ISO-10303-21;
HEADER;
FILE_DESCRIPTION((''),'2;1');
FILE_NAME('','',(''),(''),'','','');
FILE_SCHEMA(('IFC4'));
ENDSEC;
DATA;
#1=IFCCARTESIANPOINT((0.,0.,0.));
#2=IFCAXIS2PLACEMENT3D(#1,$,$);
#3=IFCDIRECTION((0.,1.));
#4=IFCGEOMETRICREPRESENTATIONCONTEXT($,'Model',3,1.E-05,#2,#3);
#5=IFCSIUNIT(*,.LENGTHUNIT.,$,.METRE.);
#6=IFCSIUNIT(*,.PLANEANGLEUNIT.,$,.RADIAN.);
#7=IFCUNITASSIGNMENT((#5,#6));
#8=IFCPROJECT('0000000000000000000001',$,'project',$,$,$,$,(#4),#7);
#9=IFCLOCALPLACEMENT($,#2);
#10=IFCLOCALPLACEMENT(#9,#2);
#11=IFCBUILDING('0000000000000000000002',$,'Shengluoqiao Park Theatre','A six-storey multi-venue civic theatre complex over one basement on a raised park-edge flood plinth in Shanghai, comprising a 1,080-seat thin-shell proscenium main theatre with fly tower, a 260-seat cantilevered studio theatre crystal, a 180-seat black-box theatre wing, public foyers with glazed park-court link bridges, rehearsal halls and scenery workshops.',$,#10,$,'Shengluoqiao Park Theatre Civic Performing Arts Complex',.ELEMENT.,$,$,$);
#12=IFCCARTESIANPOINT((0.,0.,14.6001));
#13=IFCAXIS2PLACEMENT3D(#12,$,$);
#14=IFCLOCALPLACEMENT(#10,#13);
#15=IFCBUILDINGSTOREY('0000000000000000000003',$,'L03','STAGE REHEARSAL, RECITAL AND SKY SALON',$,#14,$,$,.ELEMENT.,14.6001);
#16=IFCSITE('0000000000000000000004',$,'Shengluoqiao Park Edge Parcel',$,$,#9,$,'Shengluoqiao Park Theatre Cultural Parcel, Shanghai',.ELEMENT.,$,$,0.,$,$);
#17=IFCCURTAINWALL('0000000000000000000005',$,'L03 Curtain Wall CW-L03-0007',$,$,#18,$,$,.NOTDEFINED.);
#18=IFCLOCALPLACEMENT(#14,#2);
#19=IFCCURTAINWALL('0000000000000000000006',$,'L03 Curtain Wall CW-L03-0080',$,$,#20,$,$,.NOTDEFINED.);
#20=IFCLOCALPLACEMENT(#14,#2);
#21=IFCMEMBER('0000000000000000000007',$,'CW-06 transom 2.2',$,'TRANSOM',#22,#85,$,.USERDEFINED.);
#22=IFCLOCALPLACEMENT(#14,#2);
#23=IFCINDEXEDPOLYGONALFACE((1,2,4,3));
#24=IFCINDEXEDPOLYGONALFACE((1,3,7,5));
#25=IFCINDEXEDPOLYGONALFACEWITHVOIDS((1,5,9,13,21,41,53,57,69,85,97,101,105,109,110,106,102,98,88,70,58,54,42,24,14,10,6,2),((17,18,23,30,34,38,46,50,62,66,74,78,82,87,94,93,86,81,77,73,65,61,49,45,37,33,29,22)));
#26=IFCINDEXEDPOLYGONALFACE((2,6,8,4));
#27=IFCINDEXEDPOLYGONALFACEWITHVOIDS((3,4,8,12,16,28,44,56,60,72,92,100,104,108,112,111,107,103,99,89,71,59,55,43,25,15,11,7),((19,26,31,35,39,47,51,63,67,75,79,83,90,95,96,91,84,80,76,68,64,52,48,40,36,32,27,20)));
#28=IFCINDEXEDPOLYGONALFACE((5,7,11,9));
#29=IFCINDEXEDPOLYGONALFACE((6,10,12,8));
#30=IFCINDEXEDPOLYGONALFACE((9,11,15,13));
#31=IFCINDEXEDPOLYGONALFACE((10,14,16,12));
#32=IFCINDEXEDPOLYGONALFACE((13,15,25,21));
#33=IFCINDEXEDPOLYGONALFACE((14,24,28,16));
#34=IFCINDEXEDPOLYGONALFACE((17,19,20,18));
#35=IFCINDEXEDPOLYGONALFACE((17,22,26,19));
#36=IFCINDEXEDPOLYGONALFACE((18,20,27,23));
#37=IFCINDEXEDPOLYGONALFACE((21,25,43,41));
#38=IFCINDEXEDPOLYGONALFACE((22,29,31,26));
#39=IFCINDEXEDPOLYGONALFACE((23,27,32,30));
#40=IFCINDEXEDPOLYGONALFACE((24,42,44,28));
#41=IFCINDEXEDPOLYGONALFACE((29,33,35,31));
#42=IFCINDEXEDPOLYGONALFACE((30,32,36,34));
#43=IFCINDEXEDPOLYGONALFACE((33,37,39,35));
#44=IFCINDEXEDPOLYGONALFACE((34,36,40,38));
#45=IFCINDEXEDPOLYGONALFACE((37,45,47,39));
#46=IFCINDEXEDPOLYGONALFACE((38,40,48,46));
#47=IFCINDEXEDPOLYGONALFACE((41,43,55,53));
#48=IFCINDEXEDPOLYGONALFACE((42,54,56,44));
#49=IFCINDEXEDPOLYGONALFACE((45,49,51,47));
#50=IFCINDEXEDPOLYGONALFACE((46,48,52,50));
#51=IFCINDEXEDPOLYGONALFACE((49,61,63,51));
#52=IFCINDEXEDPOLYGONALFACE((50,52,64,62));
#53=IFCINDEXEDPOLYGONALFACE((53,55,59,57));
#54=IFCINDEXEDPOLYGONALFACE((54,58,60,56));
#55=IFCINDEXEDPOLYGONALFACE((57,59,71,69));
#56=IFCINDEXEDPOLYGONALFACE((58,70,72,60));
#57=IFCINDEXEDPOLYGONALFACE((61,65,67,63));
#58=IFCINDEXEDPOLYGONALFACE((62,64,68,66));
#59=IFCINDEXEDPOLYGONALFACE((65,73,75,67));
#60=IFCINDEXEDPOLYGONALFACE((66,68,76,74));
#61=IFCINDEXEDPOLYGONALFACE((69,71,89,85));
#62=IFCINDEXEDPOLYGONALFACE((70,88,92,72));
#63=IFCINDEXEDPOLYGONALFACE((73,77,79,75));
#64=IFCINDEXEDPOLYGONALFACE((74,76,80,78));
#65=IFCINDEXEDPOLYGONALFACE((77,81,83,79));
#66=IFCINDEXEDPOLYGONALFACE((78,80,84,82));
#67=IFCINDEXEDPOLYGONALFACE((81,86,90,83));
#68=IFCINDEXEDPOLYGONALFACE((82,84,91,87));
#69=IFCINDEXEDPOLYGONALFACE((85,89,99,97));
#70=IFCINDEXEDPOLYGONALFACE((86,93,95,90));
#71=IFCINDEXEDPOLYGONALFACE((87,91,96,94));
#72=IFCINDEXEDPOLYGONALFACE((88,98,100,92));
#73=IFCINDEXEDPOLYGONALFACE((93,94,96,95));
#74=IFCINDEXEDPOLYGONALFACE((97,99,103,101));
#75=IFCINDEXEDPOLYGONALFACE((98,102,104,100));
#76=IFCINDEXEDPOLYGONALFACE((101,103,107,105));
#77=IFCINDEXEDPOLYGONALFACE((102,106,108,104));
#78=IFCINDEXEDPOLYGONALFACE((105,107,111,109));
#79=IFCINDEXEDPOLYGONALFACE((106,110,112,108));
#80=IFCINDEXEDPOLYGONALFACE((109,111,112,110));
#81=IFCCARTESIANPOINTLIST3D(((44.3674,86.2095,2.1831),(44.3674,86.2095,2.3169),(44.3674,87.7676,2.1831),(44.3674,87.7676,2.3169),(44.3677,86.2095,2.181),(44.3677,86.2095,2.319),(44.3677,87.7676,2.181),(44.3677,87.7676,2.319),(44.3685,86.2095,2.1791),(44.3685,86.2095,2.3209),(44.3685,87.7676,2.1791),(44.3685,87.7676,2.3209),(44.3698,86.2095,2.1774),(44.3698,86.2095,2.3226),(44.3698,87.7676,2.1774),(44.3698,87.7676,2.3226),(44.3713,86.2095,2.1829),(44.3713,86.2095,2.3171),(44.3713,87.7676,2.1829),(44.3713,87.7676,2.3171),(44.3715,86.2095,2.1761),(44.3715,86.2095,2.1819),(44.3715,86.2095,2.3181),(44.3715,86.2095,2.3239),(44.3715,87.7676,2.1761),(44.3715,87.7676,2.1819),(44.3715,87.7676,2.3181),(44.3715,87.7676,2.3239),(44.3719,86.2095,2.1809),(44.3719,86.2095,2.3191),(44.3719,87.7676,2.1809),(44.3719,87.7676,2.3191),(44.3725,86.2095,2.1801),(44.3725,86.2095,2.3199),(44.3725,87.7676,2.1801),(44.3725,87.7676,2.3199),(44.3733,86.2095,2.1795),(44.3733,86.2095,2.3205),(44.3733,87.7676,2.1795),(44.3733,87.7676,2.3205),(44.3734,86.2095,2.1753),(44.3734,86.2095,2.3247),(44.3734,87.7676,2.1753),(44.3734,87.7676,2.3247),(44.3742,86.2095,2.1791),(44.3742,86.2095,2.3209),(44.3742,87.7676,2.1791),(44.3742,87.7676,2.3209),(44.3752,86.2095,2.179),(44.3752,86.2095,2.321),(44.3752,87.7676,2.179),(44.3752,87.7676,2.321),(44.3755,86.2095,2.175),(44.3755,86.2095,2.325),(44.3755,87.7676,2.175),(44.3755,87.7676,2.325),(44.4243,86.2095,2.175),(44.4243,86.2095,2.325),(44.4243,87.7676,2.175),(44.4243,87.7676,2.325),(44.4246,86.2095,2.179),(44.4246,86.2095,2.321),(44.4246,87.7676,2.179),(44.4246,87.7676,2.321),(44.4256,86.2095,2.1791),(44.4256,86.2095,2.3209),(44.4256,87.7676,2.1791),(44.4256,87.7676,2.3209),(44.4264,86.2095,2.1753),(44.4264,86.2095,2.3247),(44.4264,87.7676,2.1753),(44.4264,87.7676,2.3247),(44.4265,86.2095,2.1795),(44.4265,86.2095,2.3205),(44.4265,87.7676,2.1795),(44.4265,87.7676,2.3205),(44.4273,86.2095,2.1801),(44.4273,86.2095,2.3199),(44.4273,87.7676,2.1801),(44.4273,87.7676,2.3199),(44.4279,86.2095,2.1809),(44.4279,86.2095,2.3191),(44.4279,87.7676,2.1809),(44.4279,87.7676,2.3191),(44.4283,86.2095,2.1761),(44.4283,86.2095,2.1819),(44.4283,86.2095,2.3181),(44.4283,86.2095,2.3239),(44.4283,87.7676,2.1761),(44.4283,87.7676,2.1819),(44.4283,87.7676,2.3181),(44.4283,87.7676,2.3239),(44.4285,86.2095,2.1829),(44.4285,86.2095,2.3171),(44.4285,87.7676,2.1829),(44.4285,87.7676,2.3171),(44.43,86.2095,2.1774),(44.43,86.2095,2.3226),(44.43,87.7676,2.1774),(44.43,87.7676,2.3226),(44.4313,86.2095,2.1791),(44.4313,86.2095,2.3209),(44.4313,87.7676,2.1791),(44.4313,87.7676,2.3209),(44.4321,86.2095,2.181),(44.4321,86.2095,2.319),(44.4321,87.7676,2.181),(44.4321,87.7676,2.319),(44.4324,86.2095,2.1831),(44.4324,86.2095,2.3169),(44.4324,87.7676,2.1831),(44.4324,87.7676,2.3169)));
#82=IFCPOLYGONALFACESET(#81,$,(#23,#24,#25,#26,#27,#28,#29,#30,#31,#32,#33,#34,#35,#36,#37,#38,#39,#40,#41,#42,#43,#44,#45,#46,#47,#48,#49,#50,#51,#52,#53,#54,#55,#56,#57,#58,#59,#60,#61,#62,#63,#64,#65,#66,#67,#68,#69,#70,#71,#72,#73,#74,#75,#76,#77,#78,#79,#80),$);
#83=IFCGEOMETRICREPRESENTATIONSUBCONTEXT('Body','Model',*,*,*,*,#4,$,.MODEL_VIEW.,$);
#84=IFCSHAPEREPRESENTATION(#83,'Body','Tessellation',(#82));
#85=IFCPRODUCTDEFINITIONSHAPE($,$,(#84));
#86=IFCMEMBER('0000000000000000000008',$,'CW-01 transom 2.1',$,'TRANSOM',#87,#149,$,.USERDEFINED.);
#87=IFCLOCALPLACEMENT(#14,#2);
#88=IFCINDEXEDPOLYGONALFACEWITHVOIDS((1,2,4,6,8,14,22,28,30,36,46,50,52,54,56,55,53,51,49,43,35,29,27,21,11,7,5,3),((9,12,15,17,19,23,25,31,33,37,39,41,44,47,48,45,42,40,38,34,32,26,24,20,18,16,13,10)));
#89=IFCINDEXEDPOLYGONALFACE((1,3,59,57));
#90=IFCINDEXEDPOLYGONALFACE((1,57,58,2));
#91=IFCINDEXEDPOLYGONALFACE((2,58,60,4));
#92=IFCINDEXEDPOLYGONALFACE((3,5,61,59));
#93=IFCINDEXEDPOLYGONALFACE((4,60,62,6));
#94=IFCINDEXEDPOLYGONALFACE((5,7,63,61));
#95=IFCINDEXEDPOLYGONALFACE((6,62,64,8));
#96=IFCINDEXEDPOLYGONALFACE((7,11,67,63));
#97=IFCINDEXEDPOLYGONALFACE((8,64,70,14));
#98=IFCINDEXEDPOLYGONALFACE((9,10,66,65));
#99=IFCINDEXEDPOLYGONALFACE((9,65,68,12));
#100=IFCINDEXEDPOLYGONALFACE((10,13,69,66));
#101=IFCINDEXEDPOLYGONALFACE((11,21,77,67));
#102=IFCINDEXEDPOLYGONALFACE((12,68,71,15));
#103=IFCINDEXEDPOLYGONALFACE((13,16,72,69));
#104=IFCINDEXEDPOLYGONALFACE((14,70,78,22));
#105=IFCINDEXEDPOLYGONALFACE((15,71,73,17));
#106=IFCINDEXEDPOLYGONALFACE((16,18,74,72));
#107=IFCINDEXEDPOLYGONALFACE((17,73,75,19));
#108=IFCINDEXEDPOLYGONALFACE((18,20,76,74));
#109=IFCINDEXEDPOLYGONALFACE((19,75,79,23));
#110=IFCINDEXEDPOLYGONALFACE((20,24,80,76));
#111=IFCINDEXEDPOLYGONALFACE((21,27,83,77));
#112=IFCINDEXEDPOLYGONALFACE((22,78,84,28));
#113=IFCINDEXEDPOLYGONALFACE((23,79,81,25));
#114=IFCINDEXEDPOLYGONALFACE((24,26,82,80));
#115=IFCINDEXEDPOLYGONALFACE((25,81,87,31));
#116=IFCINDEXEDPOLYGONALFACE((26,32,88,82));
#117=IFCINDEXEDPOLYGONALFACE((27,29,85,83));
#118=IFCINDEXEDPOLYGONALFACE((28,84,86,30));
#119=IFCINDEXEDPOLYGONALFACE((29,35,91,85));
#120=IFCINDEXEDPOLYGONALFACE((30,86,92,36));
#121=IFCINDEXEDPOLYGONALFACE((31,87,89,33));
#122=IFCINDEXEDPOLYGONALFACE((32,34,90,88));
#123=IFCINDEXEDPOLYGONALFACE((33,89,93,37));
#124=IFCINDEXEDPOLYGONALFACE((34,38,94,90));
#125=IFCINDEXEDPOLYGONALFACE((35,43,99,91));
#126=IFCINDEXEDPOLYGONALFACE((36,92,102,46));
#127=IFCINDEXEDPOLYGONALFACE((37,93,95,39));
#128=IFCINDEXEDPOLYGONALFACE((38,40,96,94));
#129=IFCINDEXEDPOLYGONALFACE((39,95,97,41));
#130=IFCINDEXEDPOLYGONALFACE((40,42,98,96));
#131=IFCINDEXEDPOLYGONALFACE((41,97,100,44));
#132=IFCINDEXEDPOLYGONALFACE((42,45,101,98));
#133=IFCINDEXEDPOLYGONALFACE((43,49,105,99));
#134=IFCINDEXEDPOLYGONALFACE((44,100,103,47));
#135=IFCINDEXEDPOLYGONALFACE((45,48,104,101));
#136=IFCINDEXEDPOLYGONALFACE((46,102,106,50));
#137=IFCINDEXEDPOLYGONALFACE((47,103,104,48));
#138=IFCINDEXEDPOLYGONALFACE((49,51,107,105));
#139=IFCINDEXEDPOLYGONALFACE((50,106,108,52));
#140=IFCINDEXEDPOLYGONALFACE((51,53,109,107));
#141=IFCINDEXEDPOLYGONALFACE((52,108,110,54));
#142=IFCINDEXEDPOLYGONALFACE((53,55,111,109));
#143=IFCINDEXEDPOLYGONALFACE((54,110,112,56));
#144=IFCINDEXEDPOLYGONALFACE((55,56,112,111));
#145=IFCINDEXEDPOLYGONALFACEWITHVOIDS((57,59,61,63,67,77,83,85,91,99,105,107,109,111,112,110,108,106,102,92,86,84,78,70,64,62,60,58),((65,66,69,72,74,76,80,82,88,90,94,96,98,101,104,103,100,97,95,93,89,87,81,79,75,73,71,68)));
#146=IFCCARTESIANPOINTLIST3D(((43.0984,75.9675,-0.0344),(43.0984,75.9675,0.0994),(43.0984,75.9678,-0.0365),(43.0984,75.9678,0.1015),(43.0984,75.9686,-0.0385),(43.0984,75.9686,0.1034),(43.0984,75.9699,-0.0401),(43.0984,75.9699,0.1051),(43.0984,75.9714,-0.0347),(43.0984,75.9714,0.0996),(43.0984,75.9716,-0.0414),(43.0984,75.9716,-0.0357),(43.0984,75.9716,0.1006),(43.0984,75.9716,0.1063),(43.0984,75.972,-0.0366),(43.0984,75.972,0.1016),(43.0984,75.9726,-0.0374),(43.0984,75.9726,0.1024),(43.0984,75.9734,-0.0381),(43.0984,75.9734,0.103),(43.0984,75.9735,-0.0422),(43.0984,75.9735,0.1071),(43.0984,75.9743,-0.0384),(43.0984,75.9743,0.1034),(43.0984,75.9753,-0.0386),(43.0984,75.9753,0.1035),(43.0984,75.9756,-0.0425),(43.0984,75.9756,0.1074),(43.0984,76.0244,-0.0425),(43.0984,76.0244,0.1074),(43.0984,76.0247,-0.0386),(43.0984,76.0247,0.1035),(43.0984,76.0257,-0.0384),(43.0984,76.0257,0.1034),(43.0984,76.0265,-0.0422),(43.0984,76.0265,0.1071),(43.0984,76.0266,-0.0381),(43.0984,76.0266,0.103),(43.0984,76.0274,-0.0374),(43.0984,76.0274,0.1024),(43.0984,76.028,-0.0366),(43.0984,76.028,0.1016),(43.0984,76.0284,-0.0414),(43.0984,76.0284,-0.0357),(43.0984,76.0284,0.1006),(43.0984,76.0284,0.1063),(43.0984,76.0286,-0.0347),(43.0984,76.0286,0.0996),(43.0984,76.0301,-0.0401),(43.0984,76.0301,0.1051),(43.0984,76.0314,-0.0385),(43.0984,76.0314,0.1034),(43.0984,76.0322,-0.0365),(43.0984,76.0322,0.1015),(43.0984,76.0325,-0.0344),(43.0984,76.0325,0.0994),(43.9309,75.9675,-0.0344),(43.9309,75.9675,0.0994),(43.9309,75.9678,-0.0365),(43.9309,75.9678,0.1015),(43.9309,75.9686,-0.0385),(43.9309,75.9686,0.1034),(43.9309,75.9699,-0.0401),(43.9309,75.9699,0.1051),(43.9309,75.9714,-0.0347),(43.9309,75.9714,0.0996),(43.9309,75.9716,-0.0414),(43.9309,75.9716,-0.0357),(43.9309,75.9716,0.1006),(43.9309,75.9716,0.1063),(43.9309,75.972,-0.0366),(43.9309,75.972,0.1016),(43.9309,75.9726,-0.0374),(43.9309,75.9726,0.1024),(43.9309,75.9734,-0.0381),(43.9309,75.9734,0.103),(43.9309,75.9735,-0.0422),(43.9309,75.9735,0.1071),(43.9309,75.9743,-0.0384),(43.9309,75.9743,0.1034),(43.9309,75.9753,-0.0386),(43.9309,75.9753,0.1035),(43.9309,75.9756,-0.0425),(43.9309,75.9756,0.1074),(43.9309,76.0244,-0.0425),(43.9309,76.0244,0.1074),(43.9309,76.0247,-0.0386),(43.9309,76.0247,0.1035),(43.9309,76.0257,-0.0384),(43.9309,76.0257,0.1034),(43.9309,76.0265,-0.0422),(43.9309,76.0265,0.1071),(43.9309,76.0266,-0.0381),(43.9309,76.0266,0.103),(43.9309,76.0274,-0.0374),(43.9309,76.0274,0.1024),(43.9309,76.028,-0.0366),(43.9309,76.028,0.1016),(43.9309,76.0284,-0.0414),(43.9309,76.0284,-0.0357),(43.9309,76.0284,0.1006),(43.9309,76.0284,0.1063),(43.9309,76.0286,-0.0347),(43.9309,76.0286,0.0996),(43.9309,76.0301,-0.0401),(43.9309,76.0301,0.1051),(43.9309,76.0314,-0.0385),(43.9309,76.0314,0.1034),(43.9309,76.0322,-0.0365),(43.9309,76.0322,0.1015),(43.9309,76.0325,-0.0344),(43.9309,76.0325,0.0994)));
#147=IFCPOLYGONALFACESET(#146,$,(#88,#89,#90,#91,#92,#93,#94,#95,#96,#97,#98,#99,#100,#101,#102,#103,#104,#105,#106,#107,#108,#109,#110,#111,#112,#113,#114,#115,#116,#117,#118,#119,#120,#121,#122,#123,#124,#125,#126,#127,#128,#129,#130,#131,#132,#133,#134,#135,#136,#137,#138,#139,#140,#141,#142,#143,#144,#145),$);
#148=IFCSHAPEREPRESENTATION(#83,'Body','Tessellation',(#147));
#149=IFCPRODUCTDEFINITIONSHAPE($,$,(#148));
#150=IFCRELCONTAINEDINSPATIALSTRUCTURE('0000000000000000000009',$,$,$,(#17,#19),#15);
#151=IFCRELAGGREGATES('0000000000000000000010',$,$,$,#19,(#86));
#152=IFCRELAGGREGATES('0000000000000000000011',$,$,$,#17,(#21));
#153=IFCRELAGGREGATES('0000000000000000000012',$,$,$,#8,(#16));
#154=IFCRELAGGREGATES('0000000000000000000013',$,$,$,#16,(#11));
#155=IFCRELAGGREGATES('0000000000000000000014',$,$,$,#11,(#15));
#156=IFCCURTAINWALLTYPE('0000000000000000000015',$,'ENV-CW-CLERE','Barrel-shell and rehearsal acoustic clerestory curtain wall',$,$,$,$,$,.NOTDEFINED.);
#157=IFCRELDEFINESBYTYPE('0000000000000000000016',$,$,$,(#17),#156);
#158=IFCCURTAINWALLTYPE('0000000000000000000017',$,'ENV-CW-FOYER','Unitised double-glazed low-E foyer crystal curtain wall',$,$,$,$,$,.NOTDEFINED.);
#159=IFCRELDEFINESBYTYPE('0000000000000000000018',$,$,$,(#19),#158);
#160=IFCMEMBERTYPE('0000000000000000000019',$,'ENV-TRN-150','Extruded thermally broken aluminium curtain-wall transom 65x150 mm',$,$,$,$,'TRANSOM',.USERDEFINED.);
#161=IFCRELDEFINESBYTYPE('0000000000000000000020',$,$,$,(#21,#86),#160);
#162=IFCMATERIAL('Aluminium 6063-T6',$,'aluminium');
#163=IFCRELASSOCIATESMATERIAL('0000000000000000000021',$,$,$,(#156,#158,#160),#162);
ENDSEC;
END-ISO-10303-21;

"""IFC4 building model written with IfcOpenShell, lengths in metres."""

from ifc_helpers import new_model, si_unit, direction, frame, origin, origin_2d, place, context, subcontext, project, spatial, hollow_rectangle, extrude, material, material_profile, profile_set, type_object, element, aggregate, save


model = new_model("IFC4")

# Units and contexts
model_context = context("Model", 3, precision=1e-05, world=origin(), true_north=direction((0.0, 1.0)))
body_context = subcontext(model_context, "Body", "Model", "MODEL_VIEW")
ifc_project = project(units=[si_unit("LENGTHUNIT", "METRE"), si_unit("PLANEANGLEUNIT", "RADIAN")], contexts=[model_context])

# Site, building, storey
site_placement = place(None, origin())
site = spatial("IfcSite", under=ifc_project, at=site_placement, Name="Shengluoqiao Park Edge Parcel", LongName="Shengluoqiao Park Theatre Cultural Parcel, Shanghai", CompositionType="ELEMENT", RefElevation=0.0)
building_placement = place(site_placement, origin())
building = spatial("IfcBuilding", under=site, at=building_placement, Name="Shengluoqiao Park Theatre", Description="A six-storey multi-venue civic theatre complex over one basement on a raised park-edge flood plinth in Shanghai, comprising a 1,080-seat thin-shell proscenium main theatre with fly tower, a 260-seat cantilevered studio theatre crystal, a 180-seat black-box theatre wing, public foyers with glazed park-court link bridges, rehearsal halls and scenery workshops.", LongName="Shengluoqiao Park Theatre Civic Performing Arts Complex", CompositionType="ELEMENT")
storey_placement = place(building_placement, frame((0.0, 0.0, 14.6001)))
storey = spatial("IfcBuildingStorey", under=building, at=storey_placement, Name="L03", Description="STAGE REHEARSAL, RECITAL AND SKY SALON", CompositionType="ELEMENT", Elevation=14.6001)

# Curtain walls
ifc_material_1 = material(Name="Aluminium 6063-T6", Category="aluminium")
curtain_wall_type_1 = type_object("IfcCurtainWallType", Name="ENV-CW-CLERE", Description="Barrel-shell and rehearsal acoustic clerestory curtain wall", PredefinedType="NOTDEFINED", material=ifc_material_1)
curtain_wall_1_placement = place(storey_placement, origin())
curtain_wall_1 = element("IfcCurtainWall", 1, at=curtain_wall_1_placement, inside=storey, type_object=curtain_wall_type_1, Name="L03 Curtain Wall CW-L03-0007", PredefinedType="NOTDEFINED")
curtain_wall_type_2 = type_object("IfcCurtainWallType", Name="ENV-CW-FOYER", Description="Unitised double-glazed low-E foyer crystal curtain wall", PredefinedType="NOTDEFINED", material=ifc_material_1)
curtain_wall_2_placement = place(storey_placement, origin())
curtain_wall_2 = element("IfcCurtainWall", 2, at=curtain_wall_2_placement, inside=storey, type_object=curtain_wall_type_2, Name="L03 Curtain Wall CW-L03-0080", PredefinedType="NOTDEFINED")

# Members
ifc_material_profile_1 = material_profile(ifc_material_1, hollow_rectangle(XDim=0.0649, YDim=0.1499, WallThickness=0.0039, InnerFilletRadius=0.0039, OuterFilletRadius=0.0081, at=origin_2d()), Name="ALU TRANSOM 150x65x4")
ifc_profile_set_1 = profile_set([ifc_material_profile_1], Name="Aluminium 6063-T6")
member_type_1 = type_object("IfcMemberType", Name="ENV-TRN-150", Description="Extruded thermally broken aluminium curtain-wall transom 65x150 mm", ElementType="TRANSOM", PredefinedType="USERDEFINED", material=ifc_profile_set_1)
member_1_placement = place(storey_placement, frame((44.3999, 86.2095, 2.25), z_axis=(0.0, 1.0, 0.0), x_axis=(-1.0, 0.0, 0.0)))
member_1 = element("IfcMember", 3, at=member_1_placement, type_object=member_type_1, Name="CW-06 transom 2.2", ObjectType="TRANSOM", PredefinedType="USERDEFINED", context=body_context, shape_type="SweptSolid", body=[
    extrude(hollow_rectangle(XDim=0.0649, YDim=0.1499, WallThickness=0.0039, InnerFilletRadius=0.0039, OuterFilletRadius=0.0081, at=origin_2d()), origin(), (0.0, 0.0, 1.0), 1.5581),
])
member_2_placement = place(storey_placement, frame((43.0984, 76.0, 0.0325), z_axis=(1.0, 0.0, 0.0), x_axis=(0.0, 1.0, 0.0)))
member_2 = element("IfcMember", 4, at=member_2_placement, type_object=member_type_1, Name="CW-01 transom 2.1", ObjectType="TRANSOM", PredefinedType="USERDEFINED", context=body_context, shape_type="SweptSolid", body=[
    extrude(hollow_rectangle(XDim=0.0649, YDim=0.1499, WallThickness=0.0039, InnerFilletRadius=0.0039, OuterFilletRadius=0.0081, at=origin_2d()), origin(), (0.0, 0.0, 1.0), 0.8325),
])

aggregate(curtain_wall_2, [member_2])
aggregate(curtain_wall_1, [member_1])

save(model, "model.ifc")
